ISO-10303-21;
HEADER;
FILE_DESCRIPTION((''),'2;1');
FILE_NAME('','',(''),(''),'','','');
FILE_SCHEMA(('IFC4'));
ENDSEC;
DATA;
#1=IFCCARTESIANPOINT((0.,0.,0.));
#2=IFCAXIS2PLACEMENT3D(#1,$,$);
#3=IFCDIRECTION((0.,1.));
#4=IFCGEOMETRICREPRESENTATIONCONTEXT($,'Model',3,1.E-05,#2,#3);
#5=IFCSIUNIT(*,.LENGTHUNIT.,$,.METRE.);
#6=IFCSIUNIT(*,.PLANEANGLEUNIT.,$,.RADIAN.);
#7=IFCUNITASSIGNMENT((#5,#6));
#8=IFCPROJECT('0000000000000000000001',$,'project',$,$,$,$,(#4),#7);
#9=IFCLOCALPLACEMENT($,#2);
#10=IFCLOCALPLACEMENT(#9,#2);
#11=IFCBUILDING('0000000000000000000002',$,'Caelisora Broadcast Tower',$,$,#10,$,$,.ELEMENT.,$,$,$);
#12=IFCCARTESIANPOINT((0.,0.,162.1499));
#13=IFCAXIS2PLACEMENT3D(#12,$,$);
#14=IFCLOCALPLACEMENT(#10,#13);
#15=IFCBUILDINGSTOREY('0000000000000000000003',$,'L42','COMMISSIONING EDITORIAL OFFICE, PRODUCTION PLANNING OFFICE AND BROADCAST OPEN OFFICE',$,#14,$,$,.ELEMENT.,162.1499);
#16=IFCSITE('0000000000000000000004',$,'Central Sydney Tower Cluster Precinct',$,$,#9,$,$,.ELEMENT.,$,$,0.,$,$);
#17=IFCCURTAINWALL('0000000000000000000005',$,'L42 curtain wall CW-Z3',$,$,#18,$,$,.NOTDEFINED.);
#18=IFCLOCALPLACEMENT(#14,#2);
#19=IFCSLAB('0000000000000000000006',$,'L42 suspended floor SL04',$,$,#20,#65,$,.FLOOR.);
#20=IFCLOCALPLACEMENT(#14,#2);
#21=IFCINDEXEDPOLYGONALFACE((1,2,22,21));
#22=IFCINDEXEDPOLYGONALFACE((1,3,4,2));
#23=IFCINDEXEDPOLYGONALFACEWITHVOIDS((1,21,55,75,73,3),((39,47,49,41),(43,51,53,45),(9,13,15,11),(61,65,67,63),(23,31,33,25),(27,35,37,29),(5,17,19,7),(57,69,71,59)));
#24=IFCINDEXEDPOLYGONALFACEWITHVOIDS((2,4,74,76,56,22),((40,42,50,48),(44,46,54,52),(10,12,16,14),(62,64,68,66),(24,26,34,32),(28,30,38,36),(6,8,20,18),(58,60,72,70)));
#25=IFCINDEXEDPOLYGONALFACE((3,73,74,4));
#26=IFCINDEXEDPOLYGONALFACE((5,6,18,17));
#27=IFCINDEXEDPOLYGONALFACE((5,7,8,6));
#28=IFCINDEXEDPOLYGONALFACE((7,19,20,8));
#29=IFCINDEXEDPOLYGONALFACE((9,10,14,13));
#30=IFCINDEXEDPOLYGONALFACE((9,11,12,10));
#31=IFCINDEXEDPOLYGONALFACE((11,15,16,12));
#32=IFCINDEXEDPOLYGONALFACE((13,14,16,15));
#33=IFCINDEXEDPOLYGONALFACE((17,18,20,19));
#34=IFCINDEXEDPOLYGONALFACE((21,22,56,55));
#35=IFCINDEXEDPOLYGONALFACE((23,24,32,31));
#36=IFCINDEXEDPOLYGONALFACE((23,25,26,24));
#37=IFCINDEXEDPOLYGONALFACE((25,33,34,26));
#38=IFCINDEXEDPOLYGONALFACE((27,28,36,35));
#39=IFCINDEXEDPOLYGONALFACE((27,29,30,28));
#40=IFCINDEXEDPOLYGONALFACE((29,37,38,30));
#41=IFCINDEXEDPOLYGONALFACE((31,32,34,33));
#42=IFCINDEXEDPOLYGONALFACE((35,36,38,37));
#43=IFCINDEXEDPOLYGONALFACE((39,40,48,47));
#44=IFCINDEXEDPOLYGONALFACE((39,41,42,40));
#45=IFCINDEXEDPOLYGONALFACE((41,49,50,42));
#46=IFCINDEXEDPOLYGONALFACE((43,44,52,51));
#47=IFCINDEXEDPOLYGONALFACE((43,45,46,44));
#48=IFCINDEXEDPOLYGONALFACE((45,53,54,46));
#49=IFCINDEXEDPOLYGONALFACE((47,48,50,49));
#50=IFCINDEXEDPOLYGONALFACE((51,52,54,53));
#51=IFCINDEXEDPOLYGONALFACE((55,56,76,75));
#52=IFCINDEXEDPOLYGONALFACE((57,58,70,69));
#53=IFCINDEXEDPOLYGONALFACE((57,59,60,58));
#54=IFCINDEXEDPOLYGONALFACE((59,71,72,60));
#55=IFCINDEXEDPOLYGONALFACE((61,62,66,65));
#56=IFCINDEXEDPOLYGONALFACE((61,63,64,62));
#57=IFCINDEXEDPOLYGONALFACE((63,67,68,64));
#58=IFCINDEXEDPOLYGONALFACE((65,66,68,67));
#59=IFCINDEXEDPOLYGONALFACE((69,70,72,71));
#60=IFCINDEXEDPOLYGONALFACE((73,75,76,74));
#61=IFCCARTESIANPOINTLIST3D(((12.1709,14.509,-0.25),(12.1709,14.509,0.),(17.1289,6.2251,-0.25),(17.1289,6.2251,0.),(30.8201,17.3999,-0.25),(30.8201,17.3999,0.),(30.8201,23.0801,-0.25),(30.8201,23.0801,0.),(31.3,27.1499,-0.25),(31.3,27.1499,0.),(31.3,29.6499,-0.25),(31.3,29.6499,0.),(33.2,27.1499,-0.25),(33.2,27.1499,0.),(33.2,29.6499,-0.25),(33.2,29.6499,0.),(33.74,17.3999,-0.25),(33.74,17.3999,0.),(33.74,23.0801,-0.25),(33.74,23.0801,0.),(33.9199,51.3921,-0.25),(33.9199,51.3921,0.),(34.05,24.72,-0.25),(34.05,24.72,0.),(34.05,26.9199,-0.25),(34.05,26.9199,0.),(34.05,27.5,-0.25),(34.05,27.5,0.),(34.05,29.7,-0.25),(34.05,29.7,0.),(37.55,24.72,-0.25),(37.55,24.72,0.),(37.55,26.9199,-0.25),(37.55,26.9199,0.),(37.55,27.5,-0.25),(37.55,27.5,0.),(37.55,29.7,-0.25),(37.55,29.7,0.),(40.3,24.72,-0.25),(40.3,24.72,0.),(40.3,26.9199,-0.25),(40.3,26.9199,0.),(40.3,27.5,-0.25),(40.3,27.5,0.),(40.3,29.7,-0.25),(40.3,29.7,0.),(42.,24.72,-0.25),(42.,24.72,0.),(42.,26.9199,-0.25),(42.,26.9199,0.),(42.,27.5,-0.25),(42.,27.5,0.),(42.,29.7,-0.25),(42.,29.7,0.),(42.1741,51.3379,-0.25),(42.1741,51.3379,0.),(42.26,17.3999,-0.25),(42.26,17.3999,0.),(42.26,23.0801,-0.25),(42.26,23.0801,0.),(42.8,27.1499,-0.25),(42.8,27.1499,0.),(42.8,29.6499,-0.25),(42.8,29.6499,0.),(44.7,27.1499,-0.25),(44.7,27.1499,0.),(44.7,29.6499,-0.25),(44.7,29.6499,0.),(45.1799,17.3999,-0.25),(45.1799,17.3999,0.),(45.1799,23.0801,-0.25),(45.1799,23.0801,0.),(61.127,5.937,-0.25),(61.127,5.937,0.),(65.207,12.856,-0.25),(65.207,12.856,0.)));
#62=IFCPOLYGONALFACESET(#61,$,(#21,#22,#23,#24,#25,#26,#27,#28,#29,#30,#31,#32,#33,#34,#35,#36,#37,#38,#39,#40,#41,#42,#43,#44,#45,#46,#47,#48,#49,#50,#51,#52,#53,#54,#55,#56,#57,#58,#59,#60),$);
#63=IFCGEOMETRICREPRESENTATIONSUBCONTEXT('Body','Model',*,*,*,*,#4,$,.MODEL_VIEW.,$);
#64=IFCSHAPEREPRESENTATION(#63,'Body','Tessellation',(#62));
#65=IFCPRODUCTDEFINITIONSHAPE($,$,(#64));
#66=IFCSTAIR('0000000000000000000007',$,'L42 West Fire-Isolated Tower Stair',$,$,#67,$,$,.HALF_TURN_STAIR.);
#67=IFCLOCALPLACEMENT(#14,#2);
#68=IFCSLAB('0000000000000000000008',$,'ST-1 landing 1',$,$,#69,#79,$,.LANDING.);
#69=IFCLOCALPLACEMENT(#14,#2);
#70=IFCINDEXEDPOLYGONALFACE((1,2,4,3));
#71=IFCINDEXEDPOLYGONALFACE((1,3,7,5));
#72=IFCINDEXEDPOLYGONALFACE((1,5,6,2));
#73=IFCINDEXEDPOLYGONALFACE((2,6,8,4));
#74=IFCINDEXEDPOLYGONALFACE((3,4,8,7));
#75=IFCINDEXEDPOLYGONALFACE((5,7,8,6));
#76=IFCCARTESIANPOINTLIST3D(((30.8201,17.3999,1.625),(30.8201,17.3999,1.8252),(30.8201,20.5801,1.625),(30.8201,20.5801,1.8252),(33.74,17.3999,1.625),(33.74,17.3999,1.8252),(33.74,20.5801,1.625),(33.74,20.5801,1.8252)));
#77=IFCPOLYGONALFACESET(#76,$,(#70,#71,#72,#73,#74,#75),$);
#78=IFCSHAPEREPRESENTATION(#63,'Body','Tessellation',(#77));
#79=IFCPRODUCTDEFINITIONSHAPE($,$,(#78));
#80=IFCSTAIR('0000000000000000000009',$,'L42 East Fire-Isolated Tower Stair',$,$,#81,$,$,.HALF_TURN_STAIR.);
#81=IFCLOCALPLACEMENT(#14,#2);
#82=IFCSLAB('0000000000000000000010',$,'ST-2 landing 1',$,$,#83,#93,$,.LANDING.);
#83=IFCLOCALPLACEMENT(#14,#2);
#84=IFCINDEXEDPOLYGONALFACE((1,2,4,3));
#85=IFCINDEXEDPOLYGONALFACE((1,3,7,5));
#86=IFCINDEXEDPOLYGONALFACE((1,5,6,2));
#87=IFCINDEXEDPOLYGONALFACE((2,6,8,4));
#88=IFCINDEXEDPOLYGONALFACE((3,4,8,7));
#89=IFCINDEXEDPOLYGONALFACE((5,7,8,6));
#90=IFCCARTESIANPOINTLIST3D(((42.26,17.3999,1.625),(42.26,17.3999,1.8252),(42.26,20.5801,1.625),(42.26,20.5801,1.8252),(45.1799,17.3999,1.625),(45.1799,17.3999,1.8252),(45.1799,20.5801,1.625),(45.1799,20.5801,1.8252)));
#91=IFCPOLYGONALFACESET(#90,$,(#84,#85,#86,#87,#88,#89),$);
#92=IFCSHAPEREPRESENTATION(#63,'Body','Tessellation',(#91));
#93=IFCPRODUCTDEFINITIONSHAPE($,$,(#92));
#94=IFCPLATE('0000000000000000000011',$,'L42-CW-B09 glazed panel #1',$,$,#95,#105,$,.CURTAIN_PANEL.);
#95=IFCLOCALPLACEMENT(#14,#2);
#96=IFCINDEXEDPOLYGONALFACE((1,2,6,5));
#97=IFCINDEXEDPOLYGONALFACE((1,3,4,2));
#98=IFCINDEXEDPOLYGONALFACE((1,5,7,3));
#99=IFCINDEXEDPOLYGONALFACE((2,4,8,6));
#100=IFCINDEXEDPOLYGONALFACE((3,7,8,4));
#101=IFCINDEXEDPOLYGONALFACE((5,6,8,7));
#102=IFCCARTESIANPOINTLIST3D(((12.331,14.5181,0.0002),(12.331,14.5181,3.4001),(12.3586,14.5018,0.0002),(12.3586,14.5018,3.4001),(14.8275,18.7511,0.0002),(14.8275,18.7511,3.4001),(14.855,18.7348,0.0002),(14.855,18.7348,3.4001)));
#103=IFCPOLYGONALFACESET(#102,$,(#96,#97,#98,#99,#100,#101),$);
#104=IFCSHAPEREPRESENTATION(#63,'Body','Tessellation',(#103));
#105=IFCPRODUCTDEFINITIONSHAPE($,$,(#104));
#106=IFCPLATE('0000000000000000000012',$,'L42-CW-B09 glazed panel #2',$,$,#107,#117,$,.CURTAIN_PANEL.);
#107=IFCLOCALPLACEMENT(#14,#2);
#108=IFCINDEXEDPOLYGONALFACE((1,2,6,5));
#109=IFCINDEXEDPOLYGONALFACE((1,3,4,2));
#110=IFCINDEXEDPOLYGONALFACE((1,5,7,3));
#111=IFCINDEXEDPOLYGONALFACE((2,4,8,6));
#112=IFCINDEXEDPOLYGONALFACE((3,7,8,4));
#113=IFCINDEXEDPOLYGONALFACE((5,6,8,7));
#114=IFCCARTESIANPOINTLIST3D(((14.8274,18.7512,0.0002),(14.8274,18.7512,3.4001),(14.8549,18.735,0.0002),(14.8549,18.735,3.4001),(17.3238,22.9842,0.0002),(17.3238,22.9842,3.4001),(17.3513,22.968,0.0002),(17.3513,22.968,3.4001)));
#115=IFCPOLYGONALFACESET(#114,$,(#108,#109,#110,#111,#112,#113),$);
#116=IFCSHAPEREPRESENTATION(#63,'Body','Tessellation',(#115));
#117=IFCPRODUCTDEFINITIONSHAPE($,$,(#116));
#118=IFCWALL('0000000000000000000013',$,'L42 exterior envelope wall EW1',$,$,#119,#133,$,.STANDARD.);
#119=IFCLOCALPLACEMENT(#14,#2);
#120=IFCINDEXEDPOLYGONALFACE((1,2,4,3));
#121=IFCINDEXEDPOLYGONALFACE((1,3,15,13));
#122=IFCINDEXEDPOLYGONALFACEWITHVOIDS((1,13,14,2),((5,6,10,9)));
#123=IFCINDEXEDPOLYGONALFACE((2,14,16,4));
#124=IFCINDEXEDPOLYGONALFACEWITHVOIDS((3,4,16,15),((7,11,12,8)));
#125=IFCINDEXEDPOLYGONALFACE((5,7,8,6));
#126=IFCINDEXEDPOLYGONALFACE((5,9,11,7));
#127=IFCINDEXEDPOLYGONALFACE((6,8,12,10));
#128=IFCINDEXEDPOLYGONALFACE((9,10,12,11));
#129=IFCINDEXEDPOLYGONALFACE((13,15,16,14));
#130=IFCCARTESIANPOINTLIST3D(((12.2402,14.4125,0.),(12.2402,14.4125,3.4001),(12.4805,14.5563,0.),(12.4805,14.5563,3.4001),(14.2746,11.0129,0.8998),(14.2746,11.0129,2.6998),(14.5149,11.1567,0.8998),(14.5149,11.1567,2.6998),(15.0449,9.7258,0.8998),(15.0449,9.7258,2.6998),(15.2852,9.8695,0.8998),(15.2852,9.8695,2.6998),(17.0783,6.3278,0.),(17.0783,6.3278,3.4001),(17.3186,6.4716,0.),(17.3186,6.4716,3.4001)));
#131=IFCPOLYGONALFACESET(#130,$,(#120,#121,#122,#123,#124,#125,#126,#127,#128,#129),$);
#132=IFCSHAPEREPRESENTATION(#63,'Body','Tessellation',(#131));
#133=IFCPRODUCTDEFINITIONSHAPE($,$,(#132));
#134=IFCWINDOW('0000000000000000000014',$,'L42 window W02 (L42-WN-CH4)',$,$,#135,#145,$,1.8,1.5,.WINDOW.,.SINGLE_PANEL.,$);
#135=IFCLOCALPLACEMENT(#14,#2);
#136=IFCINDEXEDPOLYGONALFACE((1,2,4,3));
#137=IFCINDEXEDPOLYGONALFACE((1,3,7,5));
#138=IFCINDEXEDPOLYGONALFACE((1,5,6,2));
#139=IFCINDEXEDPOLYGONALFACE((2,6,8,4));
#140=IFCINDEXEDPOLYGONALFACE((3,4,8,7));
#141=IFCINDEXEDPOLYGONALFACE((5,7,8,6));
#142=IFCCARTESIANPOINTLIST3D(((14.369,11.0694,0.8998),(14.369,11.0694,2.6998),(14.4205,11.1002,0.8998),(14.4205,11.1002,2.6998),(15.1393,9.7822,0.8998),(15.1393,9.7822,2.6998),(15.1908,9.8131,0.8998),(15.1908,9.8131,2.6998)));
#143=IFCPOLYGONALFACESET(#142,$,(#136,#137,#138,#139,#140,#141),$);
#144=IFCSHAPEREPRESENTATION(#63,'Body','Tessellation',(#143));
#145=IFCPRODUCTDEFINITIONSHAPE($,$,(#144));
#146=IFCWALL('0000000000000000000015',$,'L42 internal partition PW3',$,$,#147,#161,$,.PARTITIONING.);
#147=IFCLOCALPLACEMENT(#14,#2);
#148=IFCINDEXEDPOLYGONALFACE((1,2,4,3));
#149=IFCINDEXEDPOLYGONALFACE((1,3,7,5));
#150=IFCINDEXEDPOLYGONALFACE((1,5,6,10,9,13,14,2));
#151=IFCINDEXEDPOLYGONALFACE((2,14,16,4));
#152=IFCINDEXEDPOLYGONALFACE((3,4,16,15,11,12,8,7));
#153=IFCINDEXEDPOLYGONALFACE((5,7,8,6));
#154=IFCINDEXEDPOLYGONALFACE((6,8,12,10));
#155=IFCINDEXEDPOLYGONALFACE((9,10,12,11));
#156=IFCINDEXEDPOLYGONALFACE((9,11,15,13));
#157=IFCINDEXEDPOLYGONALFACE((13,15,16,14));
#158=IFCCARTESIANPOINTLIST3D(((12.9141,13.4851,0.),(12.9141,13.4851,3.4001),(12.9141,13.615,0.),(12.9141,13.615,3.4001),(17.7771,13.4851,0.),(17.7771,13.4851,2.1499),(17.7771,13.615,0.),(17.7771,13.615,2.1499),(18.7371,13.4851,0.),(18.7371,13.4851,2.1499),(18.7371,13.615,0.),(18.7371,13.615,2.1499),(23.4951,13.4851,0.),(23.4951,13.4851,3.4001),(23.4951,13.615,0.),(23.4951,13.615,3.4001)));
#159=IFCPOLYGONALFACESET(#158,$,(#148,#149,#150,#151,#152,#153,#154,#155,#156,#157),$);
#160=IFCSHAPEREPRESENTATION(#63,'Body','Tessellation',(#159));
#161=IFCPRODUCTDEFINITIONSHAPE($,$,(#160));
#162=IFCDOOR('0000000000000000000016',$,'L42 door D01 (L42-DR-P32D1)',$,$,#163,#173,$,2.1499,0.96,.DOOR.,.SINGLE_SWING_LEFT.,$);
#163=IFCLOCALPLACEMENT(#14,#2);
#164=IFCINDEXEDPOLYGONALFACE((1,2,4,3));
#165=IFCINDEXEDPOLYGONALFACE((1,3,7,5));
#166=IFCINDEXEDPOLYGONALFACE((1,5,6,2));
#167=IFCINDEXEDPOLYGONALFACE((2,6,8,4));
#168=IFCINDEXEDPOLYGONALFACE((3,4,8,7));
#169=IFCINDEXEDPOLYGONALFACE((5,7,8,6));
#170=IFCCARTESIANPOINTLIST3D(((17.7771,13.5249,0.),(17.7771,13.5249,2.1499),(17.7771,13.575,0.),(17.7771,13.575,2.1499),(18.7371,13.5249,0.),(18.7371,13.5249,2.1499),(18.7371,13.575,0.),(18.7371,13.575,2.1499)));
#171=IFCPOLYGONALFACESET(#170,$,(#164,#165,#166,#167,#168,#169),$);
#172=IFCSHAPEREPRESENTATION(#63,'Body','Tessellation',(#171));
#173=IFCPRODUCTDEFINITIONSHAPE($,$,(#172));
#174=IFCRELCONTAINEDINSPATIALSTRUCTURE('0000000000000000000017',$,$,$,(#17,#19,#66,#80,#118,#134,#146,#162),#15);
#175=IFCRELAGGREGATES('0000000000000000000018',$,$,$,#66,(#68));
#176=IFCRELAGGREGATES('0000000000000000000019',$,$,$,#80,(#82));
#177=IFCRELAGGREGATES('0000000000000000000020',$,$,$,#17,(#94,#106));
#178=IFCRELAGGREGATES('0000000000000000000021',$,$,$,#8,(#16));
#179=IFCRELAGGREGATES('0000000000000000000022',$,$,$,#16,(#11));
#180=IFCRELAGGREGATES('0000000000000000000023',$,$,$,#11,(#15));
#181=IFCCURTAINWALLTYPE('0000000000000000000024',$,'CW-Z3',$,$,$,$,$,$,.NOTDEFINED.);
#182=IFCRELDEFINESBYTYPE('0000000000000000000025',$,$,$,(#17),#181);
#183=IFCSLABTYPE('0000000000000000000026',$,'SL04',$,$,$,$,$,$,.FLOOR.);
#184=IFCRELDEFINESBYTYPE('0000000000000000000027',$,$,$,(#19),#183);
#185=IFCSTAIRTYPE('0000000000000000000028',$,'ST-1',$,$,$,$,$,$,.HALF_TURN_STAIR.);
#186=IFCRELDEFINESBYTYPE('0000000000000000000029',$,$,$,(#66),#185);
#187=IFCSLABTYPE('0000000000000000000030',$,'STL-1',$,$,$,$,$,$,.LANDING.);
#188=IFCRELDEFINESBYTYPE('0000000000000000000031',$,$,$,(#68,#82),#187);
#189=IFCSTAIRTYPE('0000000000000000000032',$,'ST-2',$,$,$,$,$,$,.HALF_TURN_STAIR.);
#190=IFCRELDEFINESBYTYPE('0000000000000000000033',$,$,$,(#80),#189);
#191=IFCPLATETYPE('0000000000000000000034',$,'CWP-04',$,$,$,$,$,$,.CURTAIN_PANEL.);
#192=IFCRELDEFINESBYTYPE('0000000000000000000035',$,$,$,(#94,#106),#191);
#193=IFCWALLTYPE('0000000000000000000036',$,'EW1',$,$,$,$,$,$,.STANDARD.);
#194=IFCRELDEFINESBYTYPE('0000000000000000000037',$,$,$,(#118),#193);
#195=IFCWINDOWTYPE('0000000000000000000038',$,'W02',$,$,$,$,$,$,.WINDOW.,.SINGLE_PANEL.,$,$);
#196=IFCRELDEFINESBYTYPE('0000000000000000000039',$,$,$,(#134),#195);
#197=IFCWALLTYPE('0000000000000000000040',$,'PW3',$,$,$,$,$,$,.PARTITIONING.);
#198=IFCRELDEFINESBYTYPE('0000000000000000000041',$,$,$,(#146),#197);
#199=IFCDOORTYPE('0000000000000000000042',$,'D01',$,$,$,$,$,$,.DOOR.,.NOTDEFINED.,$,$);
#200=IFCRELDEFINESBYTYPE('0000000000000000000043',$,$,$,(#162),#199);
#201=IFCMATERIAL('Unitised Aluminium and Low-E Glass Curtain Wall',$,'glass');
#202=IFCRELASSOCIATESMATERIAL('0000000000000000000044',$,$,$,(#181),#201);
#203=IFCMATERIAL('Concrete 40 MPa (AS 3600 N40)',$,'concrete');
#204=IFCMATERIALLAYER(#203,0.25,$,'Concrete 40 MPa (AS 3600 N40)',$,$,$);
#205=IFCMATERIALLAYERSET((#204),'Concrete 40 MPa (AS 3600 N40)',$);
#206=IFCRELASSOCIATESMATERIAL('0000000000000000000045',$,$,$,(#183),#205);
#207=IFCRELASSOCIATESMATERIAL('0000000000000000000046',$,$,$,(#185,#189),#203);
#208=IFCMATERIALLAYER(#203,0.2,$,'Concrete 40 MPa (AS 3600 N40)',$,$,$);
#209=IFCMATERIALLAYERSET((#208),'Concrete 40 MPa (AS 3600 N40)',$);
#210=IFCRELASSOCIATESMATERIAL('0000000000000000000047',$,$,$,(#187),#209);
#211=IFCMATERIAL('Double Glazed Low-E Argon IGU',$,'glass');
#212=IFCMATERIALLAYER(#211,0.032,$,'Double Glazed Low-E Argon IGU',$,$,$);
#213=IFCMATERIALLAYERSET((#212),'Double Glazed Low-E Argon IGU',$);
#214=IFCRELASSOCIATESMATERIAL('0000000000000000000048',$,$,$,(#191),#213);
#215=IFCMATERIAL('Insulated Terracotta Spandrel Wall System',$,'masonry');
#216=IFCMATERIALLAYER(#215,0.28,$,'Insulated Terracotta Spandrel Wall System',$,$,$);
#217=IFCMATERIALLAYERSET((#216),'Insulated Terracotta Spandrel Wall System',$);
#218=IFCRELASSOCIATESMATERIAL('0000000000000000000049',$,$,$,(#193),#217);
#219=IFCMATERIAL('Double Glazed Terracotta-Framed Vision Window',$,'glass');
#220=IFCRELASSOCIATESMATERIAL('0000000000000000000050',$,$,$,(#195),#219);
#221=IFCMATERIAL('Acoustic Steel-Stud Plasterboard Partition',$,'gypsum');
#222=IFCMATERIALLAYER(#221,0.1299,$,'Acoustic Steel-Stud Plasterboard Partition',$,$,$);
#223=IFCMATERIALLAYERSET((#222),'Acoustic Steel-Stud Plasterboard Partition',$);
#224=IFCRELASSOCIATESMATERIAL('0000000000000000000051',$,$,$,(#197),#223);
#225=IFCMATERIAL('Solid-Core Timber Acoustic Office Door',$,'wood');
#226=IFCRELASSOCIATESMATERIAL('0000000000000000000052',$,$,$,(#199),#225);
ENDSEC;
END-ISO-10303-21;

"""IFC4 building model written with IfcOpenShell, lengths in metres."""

from ifc_helpers import new_model, si_unit, direction, frame, frame_2d, origin, origin_2d, place, context, subcontext, project, spatial, polyline, rectangle, outline, extrude, source, transform, mapped, material, layer, layer_set, type_object, type_shapes, element, fill, aggregate, save


model = new_model("IFC4")

# Units and contexts
model_context = context("Model", 3, precision=1e-05, world=origin(), true_north=direction((0.0, 1.0)))
body_context = subcontext(model_context, "Body", "Model", "MODEL_VIEW")
ifc_project = project(units=[si_unit("LENGTHUNIT", "METRE"), si_unit("PLANEANGLEUNIT", "RADIAN")], contexts=[model_context])

# Site, building, storey
site_placement = place(None, origin())
site = spatial("IfcSite", under=ifc_project, at=site_placement, Name="Central Sydney Tower Cluster Precinct", CompositionType="ELEMENT", RefElevation=0.0)
building_placement = place(site_placement, origin())
building = spatial("IfcBuilding", under=site, at=building_placement, Name="Caelisora Broadcast Tower", CompositionType="ELEMENT")
storey_placement = place(building_placement, frame((0.0, 0.0, 162.1499)))
storey = spatial("IfcBuildingStorey", under=building, at=storey_placement, Name="L42", Description="COMMISSIONING EDITORIAL OFFICE, PRODUCTION PLANNING OFFICE AND BROADCAST OPEN OFFICE", CompositionType="ELEMENT", Elevation=162.1499)

# Shared definitions
ifc_material_1 = material(Name="Unitised Aluminium and Low-E Glass Curtain Wall", Category="glass")
curtain_wall_type = type_object("IfcCurtainWallType", Name="CW-Z3", PredefinedType="NOTDEFINED", material=ifc_material_1)

# Curtain wall
curtain_wall_1_placement = place(storey_placement, origin())
curtain_wall_1 = element("IfcCurtainWall", 1, at=curtain_wall_1_placement, inside=storey, type_object=curtain_wall_type, Name="L42 curtain wall CW-Z3", PredefinedType="NOTDEFINED")

# Slab
ifc_material_2 = material(Name="Concrete 40 MPa (AS 3600 N40)", Category="concrete")
ifc_layer_1 = layer(ifc_material_2, 0.25, Name="Concrete 40 MPa (AS 3600 N40)")
ifc_layer_set_1 = layer_set([ifc_layer_1], Name="Concrete 40 MPa (AS 3600 N40)")
slab_type_1 = type_object("IfcSlabType", Name="SL04", PredefinedType="FLOOR", material=ifc_layer_set_1)
slab_1_placement = place(storey_placement, frame((0.0, 0.0, -0.25)))
element("IfcSlab", 2, at=slab_1_placement, inside=storey, type_object=slab_type_1, Name="L42 suspended floor SL04", PredefinedType="FLOOR", context=body_context, shape_type="SweptSolid", body=[
    extrude(outline(polyline([(42.1741, 51.3379), (33.9199, 51.3921), (12.1709, 14.509), (17.1289, 6.2251), (61.127, 5.937), (65.207, 12.856), (42.1741, 51.3379)]), holes=[polyline([(30.8201, 17.3999), (33.74, 17.3999), (33.74, 23.0801), (30.8201, 23.0801), (30.8201, 17.3999)]), polyline([(42.26, 17.3999), (45.1799, 17.3999), (45.1799, 23.0801), (42.26, 23.0801), (42.26, 17.3999)]), polyline([(42.8, 27.1499), (44.7, 27.1499), (44.7, 29.6499), (42.8, 29.6499), (42.8, 27.1499)]), polyline([(40.3, 24.72), (42.0, 24.72), (42.0, 26.9199), (40.3, 26.9199), (40.3, 24.72)]), polyline([(40.3, 27.5), (42.0, 27.5), (42.0, 29.7), (40.3, 29.7), (40.3, 27.5)]), polyline([(34.05, 24.72), (37.55, 24.72), (37.55, 26.9199), (34.05, 26.9199), (34.05, 24.72)]), polyline([(34.05, 27.5), (37.55, 27.5), (37.55, 29.7), (34.05, 29.7), (34.05, 27.5)]), polyline([(31.3, 27.1499), (33.2, 27.1499), (33.2, 29.6499), (31.3, 29.6499), (31.3, 27.1499)])]), origin(), (0.0, 0.0, 1.0), 0.25),
])

# Stairs, slabs
stair_type_1 = type_object("IfcStairType", Name="ST-1", PredefinedType="HALF_TURN_STAIR", material=ifc_material_2)
stair_1_placement = place(storey_placement, origin())
stair_1 = element("IfcStair", 3, at=stair_1_placement, inside=storey, type_object=stair_type_1, Name="L42 West Fire-Isolated Tower Stair", PredefinedType="HALF_TURN_STAIR")
ifc_layer_2 = layer(ifc_material_2, 0.2, Name="Concrete 40 MPa (AS 3600 N40)")
ifc_layer_set_2 = layer_set([ifc_layer_2], Name="Concrete 40 MPa (AS 3600 N40)")
slab_type_2 = type_object("IfcSlabType", Name="STL-1", PredefinedType="LANDING", material=ifc_layer_set_2)
slab_2_placement = place(storey_placement, frame((0.0, 0.0, 1.625)))
slab_2 = element("IfcSlab", 4, at=slab_2_placement, type_object=slab_type_2, Name="ST-1 landing 1", PredefinedType="LANDING", context=body_context, shape_type="SweptSolid", body=[
    extrude(outline(polyline([(30.8201, 20.5801), (30.8201, 17.3999), (33.74, 17.3999), (33.74, 20.5801), (30.8201, 20.5801)])), origin(), (0.0, 0.0, 1.0), 0.2002),
])
aggregate(stair_1, [slab_2])
stair_type_2 = type_object("IfcStairType", Name="ST-2", PredefinedType="HALF_TURN_STAIR", material=ifc_material_2)
stair_2_placement = place(storey_placement, origin())
stair_2 = element("IfcStair", 5, at=stair_2_placement, inside=storey, type_object=stair_type_2, Name="L42 East Fire-Isolated Tower Stair", PredefinedType="HALF_TURN_STAIR")
slab_3_placement = place(storey_placement, frame((0.0, 0.0, 1.625)))
slab_3 = element("IfcSlab", 6, at=slab_3_placement, type_object=slab_type_2, Name="ST-2 landing 1", PredefinedType="LANDING", context=body_context, shape_type="SweptSolid", body=[
    extrude(outline(polyline([(42.26, 20.5801), (42.26, 17.3999), (45.1799, 17.3999), (45.1799, 20.5801), (42.26, 20.5801)])), origin(), (0.0, 0.0, 1.0), 0.2002),
])
aggregate(stair_2, [slab_3])

# Plates
ifc_material_3 = material(Name="Double Glazed Low-E Argon IGU", Category="glass")
ifc_layer_3 = layer(ifc_material_3, 0.032, Name="Double Glazed Low-E Argon IGU")
ifc_layer_set_3 = layer_set([ifc_layer_3], Name="Double Glazed Low-E Argon IGU")
plate_type = type_object("IfcPlateType", Name="CWP-04", PredefinedType="CURTAIN_PANEL", material=ifc_layer_set_3)
shared_shape_1 = source(origin(), body_context, "Body", "SweptSolid", [
    extrude(rectangle(XDim=4.9143, YDim=0.032, at=origin_2d()), origin(), (0.0, 0.0, 1.0), 3.3999),
])
type_shapes(plate_type, [shared_shape_1])
plate_1_placement = place(storey_placement, frame((13.593, 16.6265, 0.0002), z_axis=(0.0, 0.0, 1.0), x_axis=(0.507989, 0.861363, 0.0)))
plate_1 = element("IfcPlate", 7, at=plate_1_placement, type_object=plate_type, Name="L42-CW-B09 glazed panel #1", PredefinedType="CURTAIN_PANEL", context=body_context, shape_type="MappedRepresentation", body=[
    mapped(shared_shape_1, transform((0.0, 0.0, 0.0), scale=1.0)),
])
plate_2_placement = place(storey_placement, frame((16.0894, 20.8596, 0.0002), z_axis=(0.0, 0.0, 1.0), x_axis=(0.507989, 0.861363, 0.0)))
plate_2 = element("IfcPlate", 8, at=plate_2_placement, type_object=plate_type, Name="L42-CW-B09 glazed panel #2", PredefinedType="CURTAIN_PANEL", context=body_context, shape_type="MappedRepresentation", body=[
    mapped(shared_shape_1, transform((0.0, 0.0, 0.0), scale=1.0)),
])
aggregate(curtain_wall_1, [plate_1, plate_2])

# Wall, opening, window
ifc_material_4 = material(Name="Insulated Terracotta Spandrel Wall System", Category="masonry")
ifc_layer_4 = layer(ifc_material_4, 0.28, Name="Insulated Terracotta Spandrel Wall System")
ifc_layer_set_4 = layer_set([ifc_layer_4], Name="Insulated Terracotta Spandrel Wall System")
wall_type_1 = type_object("IfcWallType", Name="EW1", PredefinedType="STANDARD", material=ifc_layer_set_4)
wall_1_placement = place(storey_placement, frame((17.1985, 6.3997, 0.0), z_axis=(0.0, 0.0, 1.0), x_axis=(-0.513505, 0.858087, 0.0)))
wall_1 = element("IfcWall", 9, at=wall_1_placement, inside=storey, type_object=wall_type_1, Name="L42 exterior envelope wall EW1", PredefinedType="STANDARD", context=body_context, shape_type="SweptSolid", body=[
    extrude(rectangle(XDim=9.4219, YDim=0.28, at=frame_2d((4.7109, 0.0))), origin(), (0.0, 0.0, 1.0), 3.4001),
])
opening_1_placement = place(wall_1_placement, frame((3.96, 0.0, 0.8999)))
opening_1 = element("IfcOpeningElement", 10, at=opening_1_placement, cuts=wall_1, PredefinedType="OPENING", context=body_context, shape_type="SweptSolid", body=[
    extrude(rectangle(XDim=1.5, YDim=1.8, at=frame_2d((0.75, 0.8999))), frame((0.0, 0.1521, 0.0), z_axis=(0.0, -1.0, 0.0), x_axis=(1.0, 0.0, 0.0)), (0.0, 0.0, 1.0), 0.304),
])
ifc_material_5 = material(Name="Double Glazed Terracotta-Framed Vision Window", Category="glass")
window_type = type_object("IfcWindowType", Name="W02", PartitioningType="SINGLE_PANEL", PredefinedType="WINDOW", material=ifc_material_5)
window_placement = place(opening_1_placement, origin())
window = element("IfcWindow", 11, at=window_placement, inside=storey, type_object=window_type, Name="L42 window W02 (L42-WN-CH4)", OverallHeight=1.8, OverallWidth=1.5, PartitioningType="SINGLE_PANEL", PredefinedType="WINDOW", context=body_context, shape_type="SweptSolid", body=[
    extrude(rectangle(XDim=1.5, YDim=1.8, at=frame_2d((0.75, 0.8999))), frame((0.0, 0.03, 0.0), z_axis=(0.0, -1.0, 0.0), x_axis=(1.0, 0.0, 0.0)), (0.0, 0.0, 1.0), 0.0601),
])
fill(opening_1, window)

# Wall, opening, door
ifc_material_6 = material(Name="Acoustic Steel-Stud Plasterboard Partition", Category="gypsum")
ifc_layer_5 = layer(ifc_material_6, 0.1299, Name="Acoustic Steel-Stud Plasterboard Partition")
ifc_layer_set_5 = layer_set([ifc_layer_5], Name="Acoustic Steel-Stud Plasterboard Partition")
wall_type_2 = type_object("IfcWallType", Name="PW3", PredefinedType="PARTITIONING", material=ifc_layer_set_5)
wall_2_placement = place(storey_placement, frame((12.9141, 13.55, 0.0), z_axis=(0.0, 0.0, 1.0), x_axis=(1.0, 0.0, 0.0)))
wall_2 = element("IfcWall", 12, at=wall_2_placement, inside=storey, type_object=wall_type_2, Name="L42 internal partition PW3", PredefinedType="PARTITIONING", context=body_context, shape_type="SweptSolid", body=[
    extrude(rectangle(XDim=10.5811, YDim=0.1299, at=frame_2d((5.2905, 0.0))), origin(), (0.0, 0.0, 1.0), 3.4001),
])
opening_2_placement = place(wall_2_placement, frame((4.863, 0.0, 0.0)))
opening_2 = element("IfcOpeningElement", 13, at=opening_2_placement, cuts=wall_2, PredefinedType="OPENING", context=body_context, shape_type="SweptSolid", body=[
    extrude(rectangle(XDim=0.96, YDim=2.1499, at=frame_2d((0.48, 1.075))), frame((0.0, 0.0769, 0.0), z_axis=(0.0, -1.0, 0.0), x_axis=(1.0, 0.0, 0.0)), (0.0, 0.0, 1.0), 0.1538),
])
ifc_material_7 = material(Name="Solid-Core Timber Acoustic Office Door", Category="wood")
door_type = type_object("IfcDoorType", Name="D01", OperationType="NOTDEFINED", PredefinedType="DOOR", material=ifc_material_7)
door_placement = place(opening_2_placement, origin())
door = element("IfcDoor", 14, at=door_placement, inside=storey, type_object=door_type, Name="L42 door D01 (L42-DR-P32D1)", OperationType="SINGLE_SWING_LEFT", OverallHeight=2.1499, OverallWidth=0.96, PredefinedType="DOOR", context=body_context, shape_type="SweptSolid", body=[
    extrude(rectangle(XDim=0.96, YDim=2.1499, at=frame_2d((0.48, 1.075))), frame((0.0, 0.0249, 0.0), z_axis=(0.0, -1.0, 0.0), x_axis=(1.0, 0.0, 0.0)), (0.0, 0.0, 1.0), 0.05),
])
fill(opening_2, door)

save(model, "model.ifc")
